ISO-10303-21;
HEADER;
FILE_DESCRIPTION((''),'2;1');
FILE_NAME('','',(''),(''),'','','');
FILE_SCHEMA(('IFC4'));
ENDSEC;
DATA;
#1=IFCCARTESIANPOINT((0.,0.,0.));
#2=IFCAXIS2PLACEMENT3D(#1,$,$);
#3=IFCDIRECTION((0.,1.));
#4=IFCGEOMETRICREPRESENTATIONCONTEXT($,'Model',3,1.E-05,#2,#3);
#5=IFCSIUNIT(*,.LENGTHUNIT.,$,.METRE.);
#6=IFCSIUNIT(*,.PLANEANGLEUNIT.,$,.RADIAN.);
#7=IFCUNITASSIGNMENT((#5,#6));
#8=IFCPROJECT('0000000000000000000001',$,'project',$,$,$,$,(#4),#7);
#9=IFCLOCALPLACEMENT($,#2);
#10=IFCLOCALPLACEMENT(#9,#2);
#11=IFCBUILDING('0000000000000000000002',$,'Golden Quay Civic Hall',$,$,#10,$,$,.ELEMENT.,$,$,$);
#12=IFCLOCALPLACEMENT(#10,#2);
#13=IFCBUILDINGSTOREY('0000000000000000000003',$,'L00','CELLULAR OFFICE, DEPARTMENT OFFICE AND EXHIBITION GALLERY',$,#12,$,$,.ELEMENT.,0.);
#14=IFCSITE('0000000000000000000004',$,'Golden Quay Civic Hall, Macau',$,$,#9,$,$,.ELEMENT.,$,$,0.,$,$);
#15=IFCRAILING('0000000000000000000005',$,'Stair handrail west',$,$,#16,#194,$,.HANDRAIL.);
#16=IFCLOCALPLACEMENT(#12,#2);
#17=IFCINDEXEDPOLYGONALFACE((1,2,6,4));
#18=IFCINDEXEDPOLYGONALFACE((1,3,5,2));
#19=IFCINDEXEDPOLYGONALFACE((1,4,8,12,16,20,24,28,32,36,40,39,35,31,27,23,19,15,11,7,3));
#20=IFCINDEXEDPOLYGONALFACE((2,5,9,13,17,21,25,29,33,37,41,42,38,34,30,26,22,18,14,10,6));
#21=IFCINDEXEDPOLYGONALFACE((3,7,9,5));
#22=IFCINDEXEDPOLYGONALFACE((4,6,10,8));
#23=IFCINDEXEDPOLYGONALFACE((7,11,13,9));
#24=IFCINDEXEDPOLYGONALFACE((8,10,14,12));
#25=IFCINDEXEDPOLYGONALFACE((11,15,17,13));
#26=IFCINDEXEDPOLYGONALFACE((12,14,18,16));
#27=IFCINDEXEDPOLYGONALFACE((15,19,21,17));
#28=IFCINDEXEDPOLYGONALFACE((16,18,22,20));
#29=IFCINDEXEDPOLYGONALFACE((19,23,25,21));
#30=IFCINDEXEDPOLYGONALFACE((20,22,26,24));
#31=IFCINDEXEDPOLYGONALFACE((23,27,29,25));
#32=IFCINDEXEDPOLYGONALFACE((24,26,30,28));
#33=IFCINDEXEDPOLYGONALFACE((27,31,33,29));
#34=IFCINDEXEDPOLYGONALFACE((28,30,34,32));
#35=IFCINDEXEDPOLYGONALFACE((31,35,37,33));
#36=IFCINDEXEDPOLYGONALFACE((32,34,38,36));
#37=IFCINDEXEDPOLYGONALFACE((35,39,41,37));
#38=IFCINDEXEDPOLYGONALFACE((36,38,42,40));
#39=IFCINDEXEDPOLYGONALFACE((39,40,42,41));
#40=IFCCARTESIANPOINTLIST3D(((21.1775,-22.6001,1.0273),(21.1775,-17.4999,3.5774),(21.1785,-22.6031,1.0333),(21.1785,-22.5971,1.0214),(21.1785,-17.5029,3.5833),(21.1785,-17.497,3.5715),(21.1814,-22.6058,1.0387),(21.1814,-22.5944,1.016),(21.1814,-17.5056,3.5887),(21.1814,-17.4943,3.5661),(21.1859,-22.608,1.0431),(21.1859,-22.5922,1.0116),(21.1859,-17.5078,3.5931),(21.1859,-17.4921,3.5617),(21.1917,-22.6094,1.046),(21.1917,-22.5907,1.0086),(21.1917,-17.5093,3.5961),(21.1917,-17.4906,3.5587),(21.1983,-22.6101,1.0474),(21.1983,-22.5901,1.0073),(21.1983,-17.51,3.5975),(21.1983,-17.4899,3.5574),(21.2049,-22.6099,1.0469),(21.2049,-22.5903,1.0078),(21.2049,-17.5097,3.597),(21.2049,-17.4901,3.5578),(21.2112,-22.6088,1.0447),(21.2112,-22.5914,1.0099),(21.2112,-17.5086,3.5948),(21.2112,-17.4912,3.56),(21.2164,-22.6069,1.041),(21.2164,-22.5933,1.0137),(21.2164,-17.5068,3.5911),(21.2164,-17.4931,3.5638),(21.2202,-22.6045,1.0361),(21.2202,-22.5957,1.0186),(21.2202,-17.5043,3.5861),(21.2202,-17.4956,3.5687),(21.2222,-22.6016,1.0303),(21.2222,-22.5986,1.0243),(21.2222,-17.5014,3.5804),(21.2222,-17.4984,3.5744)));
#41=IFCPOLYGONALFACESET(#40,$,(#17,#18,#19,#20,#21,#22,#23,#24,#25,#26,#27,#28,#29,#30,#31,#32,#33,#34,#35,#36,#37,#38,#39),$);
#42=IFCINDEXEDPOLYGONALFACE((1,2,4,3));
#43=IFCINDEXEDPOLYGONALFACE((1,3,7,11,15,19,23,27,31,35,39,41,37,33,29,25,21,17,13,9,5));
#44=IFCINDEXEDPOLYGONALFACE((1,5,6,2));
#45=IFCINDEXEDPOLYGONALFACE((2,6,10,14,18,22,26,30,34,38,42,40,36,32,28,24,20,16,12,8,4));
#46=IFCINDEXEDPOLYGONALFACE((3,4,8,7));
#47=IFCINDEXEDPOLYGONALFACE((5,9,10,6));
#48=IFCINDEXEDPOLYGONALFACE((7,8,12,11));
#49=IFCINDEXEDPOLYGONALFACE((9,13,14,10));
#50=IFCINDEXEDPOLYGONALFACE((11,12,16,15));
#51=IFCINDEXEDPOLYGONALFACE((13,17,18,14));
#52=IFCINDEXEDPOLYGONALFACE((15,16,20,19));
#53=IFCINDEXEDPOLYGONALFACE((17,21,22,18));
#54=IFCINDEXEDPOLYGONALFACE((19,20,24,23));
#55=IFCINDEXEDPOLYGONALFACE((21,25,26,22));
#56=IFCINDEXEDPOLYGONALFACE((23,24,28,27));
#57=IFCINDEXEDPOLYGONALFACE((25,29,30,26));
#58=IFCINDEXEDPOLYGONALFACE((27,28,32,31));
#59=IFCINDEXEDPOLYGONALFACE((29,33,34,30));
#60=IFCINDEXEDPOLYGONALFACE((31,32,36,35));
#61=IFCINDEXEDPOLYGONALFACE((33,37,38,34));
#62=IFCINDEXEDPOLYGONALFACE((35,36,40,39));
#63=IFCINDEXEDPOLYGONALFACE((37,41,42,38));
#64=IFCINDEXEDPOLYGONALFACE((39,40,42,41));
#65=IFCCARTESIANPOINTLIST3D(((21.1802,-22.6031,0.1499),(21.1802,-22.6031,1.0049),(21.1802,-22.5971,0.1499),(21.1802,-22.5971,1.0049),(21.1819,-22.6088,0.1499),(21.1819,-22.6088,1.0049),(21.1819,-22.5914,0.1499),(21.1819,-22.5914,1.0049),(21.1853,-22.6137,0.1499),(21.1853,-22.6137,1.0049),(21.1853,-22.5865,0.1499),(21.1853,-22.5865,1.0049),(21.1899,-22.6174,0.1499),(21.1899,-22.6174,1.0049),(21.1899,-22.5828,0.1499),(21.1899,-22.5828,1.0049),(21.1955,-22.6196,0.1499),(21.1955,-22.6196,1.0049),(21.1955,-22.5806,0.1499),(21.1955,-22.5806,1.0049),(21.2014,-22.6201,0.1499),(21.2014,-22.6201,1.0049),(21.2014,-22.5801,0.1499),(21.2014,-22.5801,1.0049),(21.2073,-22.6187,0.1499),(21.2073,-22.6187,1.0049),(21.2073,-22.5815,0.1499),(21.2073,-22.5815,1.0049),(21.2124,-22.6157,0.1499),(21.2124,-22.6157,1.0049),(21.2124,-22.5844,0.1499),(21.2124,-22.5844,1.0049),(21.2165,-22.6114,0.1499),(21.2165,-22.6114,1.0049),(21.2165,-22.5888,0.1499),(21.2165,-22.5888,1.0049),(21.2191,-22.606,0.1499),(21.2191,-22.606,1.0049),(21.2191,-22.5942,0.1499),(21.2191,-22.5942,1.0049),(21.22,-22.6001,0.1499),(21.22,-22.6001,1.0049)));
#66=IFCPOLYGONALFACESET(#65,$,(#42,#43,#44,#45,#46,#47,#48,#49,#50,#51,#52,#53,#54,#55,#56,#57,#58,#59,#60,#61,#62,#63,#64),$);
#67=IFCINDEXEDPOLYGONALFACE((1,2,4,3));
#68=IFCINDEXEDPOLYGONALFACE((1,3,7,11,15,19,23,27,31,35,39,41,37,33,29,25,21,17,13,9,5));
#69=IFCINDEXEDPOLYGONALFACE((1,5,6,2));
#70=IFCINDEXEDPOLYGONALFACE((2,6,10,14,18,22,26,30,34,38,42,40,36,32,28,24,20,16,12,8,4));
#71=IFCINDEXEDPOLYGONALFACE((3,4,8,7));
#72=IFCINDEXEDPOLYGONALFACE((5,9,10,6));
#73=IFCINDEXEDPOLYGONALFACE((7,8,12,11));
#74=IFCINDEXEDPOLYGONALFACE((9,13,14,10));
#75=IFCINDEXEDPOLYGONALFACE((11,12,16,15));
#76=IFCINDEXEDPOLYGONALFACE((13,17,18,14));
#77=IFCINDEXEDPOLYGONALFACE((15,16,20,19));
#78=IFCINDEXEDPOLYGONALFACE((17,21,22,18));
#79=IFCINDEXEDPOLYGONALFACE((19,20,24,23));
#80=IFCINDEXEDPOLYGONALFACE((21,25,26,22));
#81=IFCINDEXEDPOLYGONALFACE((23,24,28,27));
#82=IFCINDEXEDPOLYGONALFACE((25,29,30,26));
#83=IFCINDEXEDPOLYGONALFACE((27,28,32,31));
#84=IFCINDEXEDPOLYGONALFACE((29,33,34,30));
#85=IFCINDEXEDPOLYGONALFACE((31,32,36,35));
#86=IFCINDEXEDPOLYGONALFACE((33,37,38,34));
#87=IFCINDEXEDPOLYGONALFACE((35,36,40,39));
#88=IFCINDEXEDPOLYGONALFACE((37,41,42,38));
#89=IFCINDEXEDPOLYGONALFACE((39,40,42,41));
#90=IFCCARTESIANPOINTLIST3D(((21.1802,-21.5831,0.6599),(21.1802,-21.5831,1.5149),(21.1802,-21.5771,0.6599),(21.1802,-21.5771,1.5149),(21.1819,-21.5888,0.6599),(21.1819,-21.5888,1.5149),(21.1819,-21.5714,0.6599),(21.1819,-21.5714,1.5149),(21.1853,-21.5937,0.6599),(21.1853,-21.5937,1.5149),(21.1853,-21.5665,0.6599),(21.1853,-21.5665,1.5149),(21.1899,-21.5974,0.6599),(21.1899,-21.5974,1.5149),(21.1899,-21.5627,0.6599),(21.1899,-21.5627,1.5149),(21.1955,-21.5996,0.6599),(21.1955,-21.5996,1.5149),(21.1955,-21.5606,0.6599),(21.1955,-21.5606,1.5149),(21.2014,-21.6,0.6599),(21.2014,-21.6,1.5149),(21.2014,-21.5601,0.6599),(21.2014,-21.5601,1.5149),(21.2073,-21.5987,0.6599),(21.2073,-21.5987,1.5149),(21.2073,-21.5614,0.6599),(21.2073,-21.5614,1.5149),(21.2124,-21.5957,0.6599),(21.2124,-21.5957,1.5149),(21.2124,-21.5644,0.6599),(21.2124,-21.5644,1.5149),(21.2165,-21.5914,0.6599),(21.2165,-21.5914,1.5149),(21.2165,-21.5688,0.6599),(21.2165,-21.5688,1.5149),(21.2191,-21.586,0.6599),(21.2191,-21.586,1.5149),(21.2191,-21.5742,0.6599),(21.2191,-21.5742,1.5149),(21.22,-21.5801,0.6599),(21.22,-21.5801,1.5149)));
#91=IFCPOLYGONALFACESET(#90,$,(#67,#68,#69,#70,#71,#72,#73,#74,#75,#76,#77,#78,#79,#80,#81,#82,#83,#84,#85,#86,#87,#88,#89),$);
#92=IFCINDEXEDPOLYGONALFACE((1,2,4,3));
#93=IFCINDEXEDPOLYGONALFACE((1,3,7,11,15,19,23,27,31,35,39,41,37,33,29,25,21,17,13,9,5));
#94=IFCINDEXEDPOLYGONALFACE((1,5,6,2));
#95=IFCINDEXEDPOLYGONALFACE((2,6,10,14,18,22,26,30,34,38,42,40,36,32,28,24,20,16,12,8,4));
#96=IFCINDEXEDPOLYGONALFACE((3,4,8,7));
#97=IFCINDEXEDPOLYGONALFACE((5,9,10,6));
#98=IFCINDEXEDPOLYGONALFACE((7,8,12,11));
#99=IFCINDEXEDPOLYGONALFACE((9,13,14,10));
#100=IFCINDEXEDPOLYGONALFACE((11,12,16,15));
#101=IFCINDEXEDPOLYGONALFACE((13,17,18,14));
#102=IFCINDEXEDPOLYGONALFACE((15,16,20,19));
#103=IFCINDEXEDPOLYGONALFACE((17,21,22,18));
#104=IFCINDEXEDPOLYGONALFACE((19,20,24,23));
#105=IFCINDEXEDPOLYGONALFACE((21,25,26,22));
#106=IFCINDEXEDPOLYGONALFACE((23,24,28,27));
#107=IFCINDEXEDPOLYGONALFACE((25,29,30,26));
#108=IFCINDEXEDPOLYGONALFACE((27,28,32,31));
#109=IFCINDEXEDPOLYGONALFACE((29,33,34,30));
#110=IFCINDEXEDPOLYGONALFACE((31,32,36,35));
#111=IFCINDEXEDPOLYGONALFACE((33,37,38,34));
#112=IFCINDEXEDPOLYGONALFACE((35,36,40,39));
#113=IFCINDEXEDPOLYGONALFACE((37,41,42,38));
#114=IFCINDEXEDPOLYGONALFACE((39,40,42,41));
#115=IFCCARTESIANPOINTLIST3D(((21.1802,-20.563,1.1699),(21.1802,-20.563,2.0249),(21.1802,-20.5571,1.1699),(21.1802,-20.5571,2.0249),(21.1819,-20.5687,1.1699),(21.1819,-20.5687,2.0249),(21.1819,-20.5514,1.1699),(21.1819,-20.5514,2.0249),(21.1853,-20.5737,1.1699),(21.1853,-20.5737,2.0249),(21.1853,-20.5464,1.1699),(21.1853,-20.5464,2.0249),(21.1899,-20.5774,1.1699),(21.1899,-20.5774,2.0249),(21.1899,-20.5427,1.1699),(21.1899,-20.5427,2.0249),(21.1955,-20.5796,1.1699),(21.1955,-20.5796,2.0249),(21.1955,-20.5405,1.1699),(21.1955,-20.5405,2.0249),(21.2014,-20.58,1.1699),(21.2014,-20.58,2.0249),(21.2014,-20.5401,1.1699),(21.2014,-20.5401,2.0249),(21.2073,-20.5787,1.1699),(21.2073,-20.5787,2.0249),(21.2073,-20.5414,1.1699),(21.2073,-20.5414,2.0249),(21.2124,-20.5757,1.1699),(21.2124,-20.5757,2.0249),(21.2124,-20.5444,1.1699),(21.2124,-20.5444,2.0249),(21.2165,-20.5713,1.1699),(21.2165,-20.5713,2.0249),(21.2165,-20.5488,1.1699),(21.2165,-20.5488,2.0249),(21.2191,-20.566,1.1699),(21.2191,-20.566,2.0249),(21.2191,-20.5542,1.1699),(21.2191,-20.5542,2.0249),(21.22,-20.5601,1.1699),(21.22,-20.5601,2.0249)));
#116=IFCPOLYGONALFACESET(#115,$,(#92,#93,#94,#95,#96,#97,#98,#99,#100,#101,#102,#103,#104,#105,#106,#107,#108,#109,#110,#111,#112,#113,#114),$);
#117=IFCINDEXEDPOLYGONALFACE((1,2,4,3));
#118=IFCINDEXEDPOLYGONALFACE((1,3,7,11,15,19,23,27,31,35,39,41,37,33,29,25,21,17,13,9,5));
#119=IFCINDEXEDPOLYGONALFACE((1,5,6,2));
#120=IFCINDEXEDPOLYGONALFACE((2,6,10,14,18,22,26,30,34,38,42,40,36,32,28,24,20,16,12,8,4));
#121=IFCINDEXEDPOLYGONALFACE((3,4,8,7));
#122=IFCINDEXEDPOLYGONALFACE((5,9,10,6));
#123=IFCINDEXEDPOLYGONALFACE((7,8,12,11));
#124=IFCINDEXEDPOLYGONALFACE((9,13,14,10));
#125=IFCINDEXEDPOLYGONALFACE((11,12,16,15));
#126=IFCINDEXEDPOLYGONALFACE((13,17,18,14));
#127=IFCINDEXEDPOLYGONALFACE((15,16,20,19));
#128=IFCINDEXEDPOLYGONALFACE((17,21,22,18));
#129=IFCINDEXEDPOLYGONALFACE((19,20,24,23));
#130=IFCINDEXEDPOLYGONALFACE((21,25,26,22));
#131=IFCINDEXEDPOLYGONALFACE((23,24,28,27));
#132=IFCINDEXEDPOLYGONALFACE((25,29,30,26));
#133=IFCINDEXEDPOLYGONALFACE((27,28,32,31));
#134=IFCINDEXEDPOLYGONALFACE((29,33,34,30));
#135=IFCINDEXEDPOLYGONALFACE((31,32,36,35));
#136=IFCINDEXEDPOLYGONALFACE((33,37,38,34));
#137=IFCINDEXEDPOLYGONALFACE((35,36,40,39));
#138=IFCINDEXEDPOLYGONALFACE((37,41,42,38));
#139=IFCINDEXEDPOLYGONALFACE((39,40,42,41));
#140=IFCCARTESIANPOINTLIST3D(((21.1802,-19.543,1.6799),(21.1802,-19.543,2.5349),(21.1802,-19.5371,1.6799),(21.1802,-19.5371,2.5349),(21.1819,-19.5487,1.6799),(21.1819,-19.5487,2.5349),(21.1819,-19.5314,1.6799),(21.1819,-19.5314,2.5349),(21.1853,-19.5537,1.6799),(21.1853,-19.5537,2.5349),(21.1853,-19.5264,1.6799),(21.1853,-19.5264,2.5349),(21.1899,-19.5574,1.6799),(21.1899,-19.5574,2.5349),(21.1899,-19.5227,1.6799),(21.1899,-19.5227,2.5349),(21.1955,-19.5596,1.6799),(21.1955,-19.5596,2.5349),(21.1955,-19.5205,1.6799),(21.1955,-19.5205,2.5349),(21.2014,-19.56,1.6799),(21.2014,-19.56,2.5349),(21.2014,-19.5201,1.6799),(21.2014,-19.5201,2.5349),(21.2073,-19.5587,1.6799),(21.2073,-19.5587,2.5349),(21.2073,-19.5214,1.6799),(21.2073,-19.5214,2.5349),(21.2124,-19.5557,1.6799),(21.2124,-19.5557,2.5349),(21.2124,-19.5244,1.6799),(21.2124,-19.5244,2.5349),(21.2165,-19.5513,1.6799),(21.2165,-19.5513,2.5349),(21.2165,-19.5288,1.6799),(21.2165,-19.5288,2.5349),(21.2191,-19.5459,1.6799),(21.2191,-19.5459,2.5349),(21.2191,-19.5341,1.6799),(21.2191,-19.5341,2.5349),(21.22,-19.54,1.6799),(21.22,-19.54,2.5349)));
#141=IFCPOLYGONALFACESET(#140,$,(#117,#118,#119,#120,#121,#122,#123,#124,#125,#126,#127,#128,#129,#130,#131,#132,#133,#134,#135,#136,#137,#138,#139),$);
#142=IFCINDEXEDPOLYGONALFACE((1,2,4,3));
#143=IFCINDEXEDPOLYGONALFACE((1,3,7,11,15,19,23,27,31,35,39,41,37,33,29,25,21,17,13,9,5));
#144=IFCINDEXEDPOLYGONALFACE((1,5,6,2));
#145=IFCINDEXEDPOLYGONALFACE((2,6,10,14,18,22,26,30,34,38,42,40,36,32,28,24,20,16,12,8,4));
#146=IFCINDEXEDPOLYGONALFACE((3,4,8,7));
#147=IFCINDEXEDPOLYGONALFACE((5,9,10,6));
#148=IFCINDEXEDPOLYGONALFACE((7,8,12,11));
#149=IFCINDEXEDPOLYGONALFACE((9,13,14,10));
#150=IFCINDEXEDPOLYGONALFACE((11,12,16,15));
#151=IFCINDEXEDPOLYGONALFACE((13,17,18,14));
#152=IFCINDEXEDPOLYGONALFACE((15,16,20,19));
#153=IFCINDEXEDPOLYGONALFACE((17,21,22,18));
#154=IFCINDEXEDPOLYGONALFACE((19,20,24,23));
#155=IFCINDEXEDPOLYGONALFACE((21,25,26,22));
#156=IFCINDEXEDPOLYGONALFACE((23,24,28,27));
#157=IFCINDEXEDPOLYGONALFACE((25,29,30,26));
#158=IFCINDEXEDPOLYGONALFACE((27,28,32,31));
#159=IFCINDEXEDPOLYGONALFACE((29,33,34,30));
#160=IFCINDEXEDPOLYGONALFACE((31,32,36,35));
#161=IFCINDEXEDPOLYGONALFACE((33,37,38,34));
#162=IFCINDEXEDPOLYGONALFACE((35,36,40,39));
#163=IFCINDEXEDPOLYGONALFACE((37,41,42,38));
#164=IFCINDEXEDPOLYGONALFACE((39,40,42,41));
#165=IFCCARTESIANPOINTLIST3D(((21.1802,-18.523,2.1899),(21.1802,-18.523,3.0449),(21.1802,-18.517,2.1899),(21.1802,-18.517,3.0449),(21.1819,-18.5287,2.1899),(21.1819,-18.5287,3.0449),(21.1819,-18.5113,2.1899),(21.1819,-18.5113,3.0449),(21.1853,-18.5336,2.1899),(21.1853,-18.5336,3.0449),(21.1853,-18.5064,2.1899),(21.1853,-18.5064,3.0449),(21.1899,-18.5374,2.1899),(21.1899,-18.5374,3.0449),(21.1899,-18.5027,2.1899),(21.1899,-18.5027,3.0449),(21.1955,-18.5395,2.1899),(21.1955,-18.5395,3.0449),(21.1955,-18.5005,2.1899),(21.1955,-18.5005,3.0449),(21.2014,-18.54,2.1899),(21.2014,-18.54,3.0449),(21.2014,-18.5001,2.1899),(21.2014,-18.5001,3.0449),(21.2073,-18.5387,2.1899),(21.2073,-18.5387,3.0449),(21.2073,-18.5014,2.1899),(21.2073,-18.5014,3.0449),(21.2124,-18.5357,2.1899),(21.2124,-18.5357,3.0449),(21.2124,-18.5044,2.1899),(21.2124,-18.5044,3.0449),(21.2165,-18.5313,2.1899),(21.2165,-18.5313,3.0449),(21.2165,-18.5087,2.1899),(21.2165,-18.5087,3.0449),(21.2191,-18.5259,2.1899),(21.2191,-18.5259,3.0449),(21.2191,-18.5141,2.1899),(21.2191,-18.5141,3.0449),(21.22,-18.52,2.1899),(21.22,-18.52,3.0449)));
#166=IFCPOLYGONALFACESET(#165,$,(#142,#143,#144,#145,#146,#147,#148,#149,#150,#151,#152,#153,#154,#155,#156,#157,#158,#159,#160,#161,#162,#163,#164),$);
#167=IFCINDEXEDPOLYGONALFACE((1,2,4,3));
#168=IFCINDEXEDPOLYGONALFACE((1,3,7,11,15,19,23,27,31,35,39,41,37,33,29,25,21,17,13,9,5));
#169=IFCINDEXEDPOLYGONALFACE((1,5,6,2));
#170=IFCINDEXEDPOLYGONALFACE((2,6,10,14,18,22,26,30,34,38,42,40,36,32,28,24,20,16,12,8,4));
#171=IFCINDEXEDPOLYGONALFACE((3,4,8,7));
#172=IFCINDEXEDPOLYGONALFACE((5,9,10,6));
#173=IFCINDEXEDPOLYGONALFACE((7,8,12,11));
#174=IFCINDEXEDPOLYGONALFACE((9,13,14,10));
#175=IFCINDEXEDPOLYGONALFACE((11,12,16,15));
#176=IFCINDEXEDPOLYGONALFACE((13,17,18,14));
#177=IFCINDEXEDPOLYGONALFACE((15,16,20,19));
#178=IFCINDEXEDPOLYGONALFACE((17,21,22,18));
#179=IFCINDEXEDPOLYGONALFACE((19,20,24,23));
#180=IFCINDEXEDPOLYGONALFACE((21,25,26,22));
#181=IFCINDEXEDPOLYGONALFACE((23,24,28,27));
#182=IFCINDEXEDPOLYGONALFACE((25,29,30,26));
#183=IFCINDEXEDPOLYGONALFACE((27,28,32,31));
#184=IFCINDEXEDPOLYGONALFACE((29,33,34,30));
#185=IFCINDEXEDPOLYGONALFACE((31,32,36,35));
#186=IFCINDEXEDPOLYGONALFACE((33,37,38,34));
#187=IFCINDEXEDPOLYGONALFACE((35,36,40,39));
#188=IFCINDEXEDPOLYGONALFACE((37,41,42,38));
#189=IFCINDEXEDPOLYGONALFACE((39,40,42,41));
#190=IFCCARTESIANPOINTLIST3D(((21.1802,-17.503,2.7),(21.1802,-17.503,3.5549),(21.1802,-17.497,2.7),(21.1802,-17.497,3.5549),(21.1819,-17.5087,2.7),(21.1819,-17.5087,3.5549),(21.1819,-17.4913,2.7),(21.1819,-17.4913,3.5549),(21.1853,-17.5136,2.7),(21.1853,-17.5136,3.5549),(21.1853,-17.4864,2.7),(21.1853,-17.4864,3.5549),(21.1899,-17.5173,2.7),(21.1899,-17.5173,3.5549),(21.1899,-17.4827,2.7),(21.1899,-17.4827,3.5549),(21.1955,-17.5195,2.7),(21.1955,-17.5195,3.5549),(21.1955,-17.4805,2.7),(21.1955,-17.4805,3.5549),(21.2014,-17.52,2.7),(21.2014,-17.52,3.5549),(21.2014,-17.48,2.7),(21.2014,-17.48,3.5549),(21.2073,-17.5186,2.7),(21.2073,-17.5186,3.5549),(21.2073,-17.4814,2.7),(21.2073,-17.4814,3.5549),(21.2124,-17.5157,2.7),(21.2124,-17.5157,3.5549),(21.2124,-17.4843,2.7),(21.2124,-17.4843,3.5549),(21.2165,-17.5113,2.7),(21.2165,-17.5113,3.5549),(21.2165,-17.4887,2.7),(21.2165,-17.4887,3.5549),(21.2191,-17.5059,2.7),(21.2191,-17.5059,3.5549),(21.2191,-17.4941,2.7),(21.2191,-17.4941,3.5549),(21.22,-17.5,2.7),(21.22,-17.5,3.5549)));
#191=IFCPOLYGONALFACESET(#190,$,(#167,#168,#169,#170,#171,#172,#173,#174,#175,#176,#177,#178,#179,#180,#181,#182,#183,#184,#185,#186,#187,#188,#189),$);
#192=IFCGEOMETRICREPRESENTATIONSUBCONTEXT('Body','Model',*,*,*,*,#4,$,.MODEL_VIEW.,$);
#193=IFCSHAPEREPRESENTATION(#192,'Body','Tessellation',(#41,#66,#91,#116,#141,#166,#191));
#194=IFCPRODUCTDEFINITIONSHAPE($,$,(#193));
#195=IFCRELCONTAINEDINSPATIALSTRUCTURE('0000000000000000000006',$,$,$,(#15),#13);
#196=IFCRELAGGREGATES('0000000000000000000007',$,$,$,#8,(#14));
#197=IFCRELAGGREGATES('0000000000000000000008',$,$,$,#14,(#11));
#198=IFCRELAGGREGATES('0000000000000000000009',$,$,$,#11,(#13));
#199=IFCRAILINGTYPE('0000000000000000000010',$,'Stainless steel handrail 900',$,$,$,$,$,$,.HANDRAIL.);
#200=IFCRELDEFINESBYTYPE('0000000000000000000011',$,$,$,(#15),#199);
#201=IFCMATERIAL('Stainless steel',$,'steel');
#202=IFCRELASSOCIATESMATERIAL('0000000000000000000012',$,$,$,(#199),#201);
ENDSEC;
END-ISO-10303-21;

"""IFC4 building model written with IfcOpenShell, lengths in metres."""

from ifc_helpers import new_model, si_unit, direction, frame, origin, origin_2d, place, context, subcontext, project, spatial, circle, extrude, material, type_object, element, save


model = new_model("IFC4")

# Units and contexts
model_context = context("Model", 3, precision=1e-05, world=origin(), true_north=direction((0.0, 1.0)))
body_context = subcontext(model_context, "Body", "Model", "MODEL_VIEW")
ifc_project = project(units=[si_unit("LENGTHUNIT", "METRE"), si_unit("PLANEANGLEUNIT", "RADIAN")], contexts=[model_context])

# Site, building, storey
site_placement = place(None, origin())
site = spatial("IfcSite", under=ifc_project, at=site_placement, Name="Golden Quay Civic Hall, Macau", CompositionType="ELEMENT", RefElevation=0.0)
building_placement = place(site_placement, origin())
building = spatial("IfcBuilding", under=site, at=building_placement, Name="Golden Quay Civic Hall", CompositionType="ELEMENT")
storey_placement = place(building_placement, origin())
storey = spatial("IfcBuildingStorey", under=building, at=storey_placement, Name="L00", Description="CELLULAR OFFICE, DEPARTMENT OFFICE AND EXHIBITION GALLERY", CompositionType="ELEMENT", Elevation=0.0)

# Railing
ifc_material_1 = material(Name="Stainless steel", Category="steel")
railing_type_1 = type_object("IfcRailingType", Name="Stainless steel handrail 900", PredefinedType="HANDRAIL", material=ifc_material_1)
railing_1_placement = place(storey_placement, frame((21.2, -22.6001, 0.1499)))
element("IfcRailing", 1, at=railing_1_placement, inside=storey, type_object=railing_type_1, Name="Stair handrail west", PredefinedType="HANDRAIL", context=body_context, shape_type="SweptSolid", body=[
    extrude(circle(Radius=0.0225, at=origin_2d()), frame((0.0, 0.0, 0.8774), z_axis=(0.0, 0.894427, 0.447214), x_axis=(-1.0, 0.0, 0.0)), (0.0, 0.0, 1.0), 5.7021),
    extrude(circle(Radius=0.02, at=origin_2d()), origin(), (0.0, 0.0, 1.0), 0.855),
    extrude(circle(Radius=0.02, at=origin_2d()), frame((0.0, 1.02, 0.51)), (0.0, 0.0, 1.0), 0.855),
    extrude(circle(Radius=0.02, at=origin_2d()), frame((0.0, 2.04, 1.02)), (0.0, 0.0, 1.0), 0.855),
    extrude(circle(Radius=0.02, at=origin_2d()), frame((0.0, 3.0601, 1.53)), (0.0, 0.0, 1.0), 0.855),
    extrude(circle(Radius=0.02, at=origin_2d()), frame((0.0, 4.0801, 2.04)), (0.0, 0.0, 1.0), 0.855),
    extrude(circle(Radius=0.02, at=origin_2d()), frame((0.0, 5.1001, 2.55)), (0.0, 0.0, 1.0), 0.855),
])

save(model, "model.ifc")
